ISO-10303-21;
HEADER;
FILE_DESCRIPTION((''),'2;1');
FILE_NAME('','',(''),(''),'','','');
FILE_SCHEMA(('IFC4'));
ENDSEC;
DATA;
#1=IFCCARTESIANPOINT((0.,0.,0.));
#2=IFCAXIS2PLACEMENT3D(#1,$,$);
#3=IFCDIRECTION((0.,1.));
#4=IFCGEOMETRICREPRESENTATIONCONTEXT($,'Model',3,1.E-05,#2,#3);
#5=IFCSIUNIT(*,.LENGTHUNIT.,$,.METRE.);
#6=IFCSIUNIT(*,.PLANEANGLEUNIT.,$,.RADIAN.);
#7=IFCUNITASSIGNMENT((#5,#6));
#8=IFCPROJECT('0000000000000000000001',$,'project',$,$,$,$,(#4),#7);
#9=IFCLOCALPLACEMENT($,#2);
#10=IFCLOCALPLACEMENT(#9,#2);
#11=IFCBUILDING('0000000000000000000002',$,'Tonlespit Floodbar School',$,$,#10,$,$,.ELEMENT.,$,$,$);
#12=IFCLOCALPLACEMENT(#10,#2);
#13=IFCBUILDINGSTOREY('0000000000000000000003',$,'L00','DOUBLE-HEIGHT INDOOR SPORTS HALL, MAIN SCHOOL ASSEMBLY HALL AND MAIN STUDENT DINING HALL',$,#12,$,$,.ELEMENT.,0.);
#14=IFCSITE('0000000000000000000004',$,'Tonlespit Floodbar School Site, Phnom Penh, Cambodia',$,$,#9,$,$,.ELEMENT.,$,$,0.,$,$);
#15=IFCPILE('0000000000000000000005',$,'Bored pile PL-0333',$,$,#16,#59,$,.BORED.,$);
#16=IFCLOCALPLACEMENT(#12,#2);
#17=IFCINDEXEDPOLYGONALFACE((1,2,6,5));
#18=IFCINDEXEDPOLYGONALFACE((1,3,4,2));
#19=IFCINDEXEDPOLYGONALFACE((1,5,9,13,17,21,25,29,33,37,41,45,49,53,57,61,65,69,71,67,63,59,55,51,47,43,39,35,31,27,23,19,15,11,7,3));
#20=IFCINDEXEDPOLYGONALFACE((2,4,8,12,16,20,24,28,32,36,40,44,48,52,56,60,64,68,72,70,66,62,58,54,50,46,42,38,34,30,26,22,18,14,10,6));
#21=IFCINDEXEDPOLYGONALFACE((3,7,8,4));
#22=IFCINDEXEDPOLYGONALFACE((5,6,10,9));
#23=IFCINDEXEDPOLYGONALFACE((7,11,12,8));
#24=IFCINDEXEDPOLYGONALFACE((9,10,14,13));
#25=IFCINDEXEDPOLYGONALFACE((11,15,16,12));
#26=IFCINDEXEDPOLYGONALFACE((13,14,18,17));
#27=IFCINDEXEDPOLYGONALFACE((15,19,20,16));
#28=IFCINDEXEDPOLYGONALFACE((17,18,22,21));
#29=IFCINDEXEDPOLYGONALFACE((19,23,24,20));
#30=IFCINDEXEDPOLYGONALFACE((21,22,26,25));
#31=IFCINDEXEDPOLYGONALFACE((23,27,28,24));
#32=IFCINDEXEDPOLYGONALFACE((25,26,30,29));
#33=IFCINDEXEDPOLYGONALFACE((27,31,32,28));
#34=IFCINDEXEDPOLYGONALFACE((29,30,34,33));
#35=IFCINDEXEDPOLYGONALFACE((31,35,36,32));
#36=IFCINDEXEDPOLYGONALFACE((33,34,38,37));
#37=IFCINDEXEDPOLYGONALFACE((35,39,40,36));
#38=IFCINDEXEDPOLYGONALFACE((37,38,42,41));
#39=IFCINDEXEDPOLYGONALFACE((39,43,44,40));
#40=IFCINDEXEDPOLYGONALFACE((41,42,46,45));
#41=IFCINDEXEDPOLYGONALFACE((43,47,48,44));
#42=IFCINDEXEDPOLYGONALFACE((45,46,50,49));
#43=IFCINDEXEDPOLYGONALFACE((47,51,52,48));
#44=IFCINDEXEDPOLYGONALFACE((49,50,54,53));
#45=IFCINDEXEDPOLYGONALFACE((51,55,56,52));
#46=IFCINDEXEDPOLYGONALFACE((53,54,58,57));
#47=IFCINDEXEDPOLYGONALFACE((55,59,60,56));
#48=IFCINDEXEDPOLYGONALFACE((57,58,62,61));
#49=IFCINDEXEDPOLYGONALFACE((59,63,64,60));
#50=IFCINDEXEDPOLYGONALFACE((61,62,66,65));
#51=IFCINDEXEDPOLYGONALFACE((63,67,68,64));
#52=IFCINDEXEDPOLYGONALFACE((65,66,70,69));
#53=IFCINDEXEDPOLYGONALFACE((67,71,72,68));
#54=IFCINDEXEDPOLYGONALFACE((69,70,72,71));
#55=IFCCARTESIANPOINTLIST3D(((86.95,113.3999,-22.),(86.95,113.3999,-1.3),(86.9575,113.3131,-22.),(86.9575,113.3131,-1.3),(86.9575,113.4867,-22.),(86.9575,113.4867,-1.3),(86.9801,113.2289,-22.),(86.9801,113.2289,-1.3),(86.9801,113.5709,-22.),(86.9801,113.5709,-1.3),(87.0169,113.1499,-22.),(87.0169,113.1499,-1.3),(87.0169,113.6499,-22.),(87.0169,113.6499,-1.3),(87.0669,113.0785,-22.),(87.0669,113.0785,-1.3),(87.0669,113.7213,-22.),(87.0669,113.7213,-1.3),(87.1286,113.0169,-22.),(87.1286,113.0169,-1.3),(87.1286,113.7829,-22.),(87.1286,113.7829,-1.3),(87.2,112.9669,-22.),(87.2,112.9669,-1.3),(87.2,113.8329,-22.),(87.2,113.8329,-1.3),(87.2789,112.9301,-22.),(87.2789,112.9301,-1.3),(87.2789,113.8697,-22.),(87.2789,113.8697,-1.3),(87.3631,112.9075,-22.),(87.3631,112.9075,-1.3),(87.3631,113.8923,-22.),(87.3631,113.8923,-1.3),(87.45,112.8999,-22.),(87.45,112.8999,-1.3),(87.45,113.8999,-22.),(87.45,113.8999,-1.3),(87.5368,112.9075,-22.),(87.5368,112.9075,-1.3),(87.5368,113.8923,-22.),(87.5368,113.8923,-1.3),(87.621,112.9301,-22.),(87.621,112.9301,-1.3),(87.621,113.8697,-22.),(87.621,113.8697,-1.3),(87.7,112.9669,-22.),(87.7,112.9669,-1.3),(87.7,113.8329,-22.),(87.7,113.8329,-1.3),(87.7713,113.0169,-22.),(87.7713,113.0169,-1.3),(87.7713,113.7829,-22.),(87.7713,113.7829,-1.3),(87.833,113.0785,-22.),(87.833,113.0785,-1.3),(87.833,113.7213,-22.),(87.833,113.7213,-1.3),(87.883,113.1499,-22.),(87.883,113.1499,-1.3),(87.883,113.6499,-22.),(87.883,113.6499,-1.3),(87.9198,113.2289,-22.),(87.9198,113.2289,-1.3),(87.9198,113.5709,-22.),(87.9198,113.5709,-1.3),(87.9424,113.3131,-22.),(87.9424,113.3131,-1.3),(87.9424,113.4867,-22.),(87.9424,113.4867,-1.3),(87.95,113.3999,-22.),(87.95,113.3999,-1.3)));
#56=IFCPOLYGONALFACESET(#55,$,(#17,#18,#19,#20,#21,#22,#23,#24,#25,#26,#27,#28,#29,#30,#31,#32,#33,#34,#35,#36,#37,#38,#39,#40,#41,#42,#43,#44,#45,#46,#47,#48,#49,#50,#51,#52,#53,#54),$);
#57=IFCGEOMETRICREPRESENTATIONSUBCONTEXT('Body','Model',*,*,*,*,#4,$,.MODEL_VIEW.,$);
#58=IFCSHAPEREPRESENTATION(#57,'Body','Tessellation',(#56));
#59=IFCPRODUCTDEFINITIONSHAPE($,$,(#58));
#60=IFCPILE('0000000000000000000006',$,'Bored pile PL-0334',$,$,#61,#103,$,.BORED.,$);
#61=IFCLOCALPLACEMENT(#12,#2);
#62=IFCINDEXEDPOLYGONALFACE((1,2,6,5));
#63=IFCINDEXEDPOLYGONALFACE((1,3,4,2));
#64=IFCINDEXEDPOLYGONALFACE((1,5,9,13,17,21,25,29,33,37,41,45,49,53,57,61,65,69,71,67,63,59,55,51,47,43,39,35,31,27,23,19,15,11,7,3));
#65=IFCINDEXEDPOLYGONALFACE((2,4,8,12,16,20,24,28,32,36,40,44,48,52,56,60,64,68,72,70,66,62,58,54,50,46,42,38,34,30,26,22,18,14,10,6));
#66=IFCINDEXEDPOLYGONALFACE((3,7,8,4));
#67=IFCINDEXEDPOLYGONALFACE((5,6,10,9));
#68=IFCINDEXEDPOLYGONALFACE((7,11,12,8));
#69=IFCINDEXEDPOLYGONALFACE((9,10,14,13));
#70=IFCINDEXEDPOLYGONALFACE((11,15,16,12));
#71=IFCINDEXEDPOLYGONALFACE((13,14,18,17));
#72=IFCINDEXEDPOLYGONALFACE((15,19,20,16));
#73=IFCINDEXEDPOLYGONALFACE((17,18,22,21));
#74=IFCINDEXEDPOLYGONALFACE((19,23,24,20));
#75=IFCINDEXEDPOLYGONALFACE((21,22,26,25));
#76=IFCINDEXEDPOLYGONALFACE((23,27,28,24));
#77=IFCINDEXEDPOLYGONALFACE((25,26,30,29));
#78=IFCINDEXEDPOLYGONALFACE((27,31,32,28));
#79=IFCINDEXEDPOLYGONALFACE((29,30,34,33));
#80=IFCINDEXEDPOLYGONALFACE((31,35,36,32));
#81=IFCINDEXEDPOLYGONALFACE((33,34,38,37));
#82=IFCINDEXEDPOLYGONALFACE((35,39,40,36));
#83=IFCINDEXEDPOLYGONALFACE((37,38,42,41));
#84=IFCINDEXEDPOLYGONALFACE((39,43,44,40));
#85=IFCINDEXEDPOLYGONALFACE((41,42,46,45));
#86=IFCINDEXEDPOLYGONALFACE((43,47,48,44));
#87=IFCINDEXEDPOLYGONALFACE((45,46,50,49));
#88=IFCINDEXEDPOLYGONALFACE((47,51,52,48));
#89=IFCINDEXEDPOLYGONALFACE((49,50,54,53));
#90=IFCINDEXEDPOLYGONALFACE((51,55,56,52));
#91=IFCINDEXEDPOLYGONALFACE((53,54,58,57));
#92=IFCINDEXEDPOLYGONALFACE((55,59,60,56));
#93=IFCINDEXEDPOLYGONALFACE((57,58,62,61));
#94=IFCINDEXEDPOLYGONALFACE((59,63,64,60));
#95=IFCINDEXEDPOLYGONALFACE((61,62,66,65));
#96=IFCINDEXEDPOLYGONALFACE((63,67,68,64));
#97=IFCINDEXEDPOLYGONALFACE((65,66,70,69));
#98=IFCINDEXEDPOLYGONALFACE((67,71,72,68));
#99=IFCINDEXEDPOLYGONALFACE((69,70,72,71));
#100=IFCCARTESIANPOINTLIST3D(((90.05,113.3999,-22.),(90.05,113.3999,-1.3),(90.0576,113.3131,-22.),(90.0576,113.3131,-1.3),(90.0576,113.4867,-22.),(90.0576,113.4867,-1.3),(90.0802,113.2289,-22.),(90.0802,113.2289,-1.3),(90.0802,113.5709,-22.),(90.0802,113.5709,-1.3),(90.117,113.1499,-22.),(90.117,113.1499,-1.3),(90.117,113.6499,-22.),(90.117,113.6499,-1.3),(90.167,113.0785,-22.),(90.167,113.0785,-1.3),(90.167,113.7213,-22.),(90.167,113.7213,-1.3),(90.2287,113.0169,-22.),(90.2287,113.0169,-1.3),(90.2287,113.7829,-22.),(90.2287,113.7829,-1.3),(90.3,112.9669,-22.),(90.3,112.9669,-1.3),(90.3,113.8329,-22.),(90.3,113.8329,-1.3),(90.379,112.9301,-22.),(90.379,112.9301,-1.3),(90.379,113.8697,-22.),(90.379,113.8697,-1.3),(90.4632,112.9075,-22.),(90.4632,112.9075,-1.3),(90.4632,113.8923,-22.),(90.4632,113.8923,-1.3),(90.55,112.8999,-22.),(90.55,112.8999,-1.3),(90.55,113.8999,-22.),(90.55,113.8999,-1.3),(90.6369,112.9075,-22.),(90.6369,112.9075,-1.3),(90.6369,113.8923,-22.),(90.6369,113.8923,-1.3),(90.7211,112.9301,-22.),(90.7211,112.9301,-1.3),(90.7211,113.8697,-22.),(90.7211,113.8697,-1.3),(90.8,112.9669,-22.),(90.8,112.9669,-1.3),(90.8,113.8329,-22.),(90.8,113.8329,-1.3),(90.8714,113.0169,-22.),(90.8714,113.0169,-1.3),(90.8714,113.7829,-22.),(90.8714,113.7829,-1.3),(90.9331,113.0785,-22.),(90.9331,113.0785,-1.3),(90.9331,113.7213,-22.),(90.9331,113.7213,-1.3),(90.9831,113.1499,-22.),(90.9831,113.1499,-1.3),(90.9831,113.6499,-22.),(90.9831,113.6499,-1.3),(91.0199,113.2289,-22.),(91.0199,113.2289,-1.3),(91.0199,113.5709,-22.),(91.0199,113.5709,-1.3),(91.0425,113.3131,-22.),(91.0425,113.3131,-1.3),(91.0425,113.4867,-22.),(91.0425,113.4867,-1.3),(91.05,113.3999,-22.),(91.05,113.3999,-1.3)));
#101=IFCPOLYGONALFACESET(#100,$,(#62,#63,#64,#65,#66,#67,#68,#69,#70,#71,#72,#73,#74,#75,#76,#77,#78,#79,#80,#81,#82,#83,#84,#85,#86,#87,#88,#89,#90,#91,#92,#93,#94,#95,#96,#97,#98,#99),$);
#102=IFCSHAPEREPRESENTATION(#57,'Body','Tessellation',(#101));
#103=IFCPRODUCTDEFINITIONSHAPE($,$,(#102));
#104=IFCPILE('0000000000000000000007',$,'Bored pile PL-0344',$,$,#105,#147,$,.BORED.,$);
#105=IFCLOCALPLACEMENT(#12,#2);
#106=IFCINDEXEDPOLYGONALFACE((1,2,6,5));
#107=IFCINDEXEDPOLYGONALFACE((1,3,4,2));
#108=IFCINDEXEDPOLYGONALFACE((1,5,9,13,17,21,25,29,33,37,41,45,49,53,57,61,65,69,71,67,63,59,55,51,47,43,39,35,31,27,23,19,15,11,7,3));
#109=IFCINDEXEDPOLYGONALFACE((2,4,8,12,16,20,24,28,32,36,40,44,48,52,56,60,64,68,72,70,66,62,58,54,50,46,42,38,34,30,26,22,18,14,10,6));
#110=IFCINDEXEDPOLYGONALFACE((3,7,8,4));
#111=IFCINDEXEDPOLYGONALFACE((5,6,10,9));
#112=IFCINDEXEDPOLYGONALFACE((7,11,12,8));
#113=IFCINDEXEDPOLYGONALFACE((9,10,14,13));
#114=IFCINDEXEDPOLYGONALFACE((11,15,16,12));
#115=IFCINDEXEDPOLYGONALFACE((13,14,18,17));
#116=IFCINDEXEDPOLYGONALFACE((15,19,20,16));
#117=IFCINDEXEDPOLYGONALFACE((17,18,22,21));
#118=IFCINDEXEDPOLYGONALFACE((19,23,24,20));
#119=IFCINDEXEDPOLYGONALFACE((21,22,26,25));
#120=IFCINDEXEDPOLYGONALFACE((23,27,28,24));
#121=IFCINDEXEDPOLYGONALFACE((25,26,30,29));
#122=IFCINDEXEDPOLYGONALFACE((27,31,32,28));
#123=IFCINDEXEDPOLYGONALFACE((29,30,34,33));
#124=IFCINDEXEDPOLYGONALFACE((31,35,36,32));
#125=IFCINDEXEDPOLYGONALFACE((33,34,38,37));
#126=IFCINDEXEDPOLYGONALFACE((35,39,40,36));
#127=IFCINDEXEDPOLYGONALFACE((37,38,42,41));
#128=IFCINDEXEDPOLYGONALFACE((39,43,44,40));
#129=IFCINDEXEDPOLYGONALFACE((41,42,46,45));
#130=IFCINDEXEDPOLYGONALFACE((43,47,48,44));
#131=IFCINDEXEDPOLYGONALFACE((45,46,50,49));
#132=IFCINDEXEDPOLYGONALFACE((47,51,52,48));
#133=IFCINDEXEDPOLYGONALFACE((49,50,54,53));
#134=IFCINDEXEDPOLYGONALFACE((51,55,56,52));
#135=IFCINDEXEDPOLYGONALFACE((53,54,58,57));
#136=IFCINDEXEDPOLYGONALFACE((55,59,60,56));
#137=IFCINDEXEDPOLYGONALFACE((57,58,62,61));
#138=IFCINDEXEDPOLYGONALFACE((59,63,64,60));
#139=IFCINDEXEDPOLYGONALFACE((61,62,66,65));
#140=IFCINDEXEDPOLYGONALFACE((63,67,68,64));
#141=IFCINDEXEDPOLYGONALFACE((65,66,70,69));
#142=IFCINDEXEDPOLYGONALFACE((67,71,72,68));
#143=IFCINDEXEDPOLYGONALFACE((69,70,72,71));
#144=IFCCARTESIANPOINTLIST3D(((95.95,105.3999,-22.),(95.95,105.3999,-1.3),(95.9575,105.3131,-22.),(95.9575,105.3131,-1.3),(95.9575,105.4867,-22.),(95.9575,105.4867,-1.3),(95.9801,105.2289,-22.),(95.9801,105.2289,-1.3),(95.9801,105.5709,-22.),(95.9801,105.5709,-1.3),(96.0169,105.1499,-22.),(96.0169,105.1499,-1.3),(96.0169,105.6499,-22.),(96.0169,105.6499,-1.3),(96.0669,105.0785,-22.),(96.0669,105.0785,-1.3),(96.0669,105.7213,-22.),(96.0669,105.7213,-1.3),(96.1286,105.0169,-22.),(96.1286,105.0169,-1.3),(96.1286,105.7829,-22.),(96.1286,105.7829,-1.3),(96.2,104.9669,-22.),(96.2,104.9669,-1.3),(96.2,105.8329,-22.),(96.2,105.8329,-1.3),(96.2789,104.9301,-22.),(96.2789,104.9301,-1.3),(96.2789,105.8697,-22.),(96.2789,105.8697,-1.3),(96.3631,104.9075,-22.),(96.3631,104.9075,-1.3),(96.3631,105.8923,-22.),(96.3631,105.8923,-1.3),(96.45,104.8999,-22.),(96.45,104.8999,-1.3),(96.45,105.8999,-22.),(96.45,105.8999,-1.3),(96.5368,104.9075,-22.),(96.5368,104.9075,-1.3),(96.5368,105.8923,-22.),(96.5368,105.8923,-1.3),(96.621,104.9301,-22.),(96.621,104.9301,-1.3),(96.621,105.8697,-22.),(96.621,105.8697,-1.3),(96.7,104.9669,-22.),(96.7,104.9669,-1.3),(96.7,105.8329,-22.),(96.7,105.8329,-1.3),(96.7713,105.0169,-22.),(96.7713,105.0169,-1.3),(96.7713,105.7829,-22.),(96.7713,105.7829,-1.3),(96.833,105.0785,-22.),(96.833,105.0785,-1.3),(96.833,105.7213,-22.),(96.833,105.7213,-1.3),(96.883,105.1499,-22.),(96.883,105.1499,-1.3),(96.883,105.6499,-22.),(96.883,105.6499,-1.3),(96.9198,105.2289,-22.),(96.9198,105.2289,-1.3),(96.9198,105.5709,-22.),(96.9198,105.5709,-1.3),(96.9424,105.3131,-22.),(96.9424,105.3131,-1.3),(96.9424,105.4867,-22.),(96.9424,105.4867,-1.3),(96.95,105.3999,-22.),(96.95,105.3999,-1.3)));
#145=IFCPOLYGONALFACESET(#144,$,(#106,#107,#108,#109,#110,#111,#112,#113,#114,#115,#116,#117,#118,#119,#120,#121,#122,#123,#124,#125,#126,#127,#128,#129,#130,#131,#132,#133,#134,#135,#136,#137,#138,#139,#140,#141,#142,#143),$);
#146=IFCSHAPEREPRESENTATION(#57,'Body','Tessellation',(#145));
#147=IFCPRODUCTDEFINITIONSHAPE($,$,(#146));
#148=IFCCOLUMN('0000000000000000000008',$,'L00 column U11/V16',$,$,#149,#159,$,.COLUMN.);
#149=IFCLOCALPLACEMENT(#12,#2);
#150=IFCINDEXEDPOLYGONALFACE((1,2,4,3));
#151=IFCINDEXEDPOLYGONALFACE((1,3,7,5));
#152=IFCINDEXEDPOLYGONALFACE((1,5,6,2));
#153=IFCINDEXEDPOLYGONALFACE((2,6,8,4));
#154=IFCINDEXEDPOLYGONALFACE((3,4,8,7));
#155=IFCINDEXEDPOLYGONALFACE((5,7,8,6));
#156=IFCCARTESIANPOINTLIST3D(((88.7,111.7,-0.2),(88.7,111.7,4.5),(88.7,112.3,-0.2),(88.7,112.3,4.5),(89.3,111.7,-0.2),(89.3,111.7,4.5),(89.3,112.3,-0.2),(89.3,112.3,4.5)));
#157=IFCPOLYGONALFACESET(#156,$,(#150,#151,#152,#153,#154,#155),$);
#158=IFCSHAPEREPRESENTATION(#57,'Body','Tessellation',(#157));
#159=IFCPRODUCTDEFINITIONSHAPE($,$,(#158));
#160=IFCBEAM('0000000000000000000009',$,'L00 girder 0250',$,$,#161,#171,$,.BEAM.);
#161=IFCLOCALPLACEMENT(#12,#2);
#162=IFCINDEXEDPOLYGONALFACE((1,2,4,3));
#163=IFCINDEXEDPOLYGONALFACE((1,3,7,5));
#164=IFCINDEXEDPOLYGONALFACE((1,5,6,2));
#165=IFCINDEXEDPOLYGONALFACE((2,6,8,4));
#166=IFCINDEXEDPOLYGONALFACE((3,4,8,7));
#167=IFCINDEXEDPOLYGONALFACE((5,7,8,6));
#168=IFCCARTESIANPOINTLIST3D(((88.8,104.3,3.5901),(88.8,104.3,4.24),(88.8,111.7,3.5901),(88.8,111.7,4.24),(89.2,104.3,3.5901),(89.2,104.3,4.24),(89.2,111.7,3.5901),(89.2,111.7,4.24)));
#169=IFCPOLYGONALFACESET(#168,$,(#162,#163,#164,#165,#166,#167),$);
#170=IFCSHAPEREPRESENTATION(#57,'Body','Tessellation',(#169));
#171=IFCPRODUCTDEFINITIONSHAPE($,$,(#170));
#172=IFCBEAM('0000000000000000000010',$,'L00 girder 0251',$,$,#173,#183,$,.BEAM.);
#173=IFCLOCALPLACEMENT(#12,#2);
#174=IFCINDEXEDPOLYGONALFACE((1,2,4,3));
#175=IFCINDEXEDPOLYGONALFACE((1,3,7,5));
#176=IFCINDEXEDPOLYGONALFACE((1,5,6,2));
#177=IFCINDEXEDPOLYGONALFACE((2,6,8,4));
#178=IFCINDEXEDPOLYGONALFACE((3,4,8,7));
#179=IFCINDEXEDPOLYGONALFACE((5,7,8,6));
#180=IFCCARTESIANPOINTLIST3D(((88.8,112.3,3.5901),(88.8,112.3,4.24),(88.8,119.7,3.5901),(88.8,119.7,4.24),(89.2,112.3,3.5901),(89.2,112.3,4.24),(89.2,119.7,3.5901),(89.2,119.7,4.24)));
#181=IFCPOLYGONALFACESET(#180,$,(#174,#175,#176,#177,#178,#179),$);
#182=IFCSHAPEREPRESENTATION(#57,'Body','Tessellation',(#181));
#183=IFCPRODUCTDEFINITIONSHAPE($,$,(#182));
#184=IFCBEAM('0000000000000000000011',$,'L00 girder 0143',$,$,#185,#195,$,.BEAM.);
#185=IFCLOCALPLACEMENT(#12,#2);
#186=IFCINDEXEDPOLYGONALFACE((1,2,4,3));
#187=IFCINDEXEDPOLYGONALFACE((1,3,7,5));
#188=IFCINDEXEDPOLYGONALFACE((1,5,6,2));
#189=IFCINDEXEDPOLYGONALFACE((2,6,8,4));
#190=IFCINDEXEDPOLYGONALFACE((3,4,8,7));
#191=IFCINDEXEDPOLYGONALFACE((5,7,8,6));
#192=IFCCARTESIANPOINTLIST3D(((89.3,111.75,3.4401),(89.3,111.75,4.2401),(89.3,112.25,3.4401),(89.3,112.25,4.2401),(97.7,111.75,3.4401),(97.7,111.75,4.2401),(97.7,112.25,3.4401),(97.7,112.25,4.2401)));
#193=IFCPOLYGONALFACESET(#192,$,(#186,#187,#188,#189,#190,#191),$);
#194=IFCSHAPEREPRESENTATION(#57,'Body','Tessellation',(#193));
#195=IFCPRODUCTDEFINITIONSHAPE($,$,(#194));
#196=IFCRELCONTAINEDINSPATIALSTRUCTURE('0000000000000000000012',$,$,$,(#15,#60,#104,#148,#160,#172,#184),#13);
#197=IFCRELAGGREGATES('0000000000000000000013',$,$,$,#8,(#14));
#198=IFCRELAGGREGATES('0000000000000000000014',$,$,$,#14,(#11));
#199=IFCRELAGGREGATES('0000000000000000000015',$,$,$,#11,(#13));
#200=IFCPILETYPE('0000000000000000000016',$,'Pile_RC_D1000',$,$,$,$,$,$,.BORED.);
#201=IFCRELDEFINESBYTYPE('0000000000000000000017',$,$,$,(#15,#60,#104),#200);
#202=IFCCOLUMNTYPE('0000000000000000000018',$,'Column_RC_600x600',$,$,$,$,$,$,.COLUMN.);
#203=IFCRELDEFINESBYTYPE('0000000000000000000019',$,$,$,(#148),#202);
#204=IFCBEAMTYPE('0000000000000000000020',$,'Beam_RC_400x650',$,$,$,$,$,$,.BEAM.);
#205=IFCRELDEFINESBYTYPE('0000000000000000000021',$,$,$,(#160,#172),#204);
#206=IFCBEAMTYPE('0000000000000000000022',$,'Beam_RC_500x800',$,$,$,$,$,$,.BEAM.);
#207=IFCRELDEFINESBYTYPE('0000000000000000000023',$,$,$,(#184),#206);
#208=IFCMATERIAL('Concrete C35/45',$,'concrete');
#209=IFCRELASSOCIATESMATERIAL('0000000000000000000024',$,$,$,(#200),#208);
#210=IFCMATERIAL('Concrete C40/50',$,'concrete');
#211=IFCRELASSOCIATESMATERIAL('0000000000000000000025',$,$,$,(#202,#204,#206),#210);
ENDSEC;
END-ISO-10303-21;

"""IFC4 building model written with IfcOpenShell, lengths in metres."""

from ifc_helpers import new_model, si_unit, direction, frame, origin, origin_2d, place, context, subcontext, project, spatial, rectangle, circle, extrude, material, material_profile, profile_set, type_object, element, save


model = new_model("IFC4")

# Units and contexts
model_context = context("Model", 3, precision=1e-05, world=origin(), true_north=direction((0.0, 1.0)))
body_context = subcontext(model_context, "Body", "Model", "MODEL_VIEW")
ifc_project = project(units=[si_unit("LENGTHUNIT", "METRE"), si_unit("PLANEANGLEUNIT", "RADIAN")], contexts=[model_context])

# Site, building, storey
site_placement = place(None, origin())
site = spatial("IfcSite", under=ifc_project, at=site_placement, Name="Tonlespit Floodbar School Site, Phnom Penh, Cambodia", CompositionType="ELEMENT", RefElevation=0.0)
building_placement = place(site_placement, origin())
building = spatial("IfcBuilding", under=site, at=building_placement, Name="Tonlespit Floodbar School", CompositionType="ELEMENT")
storey_placement = place(building_placement, origin())
storey = spatial("IfcBuildingStorey", under=building, at=storey_placement, Name="L00", Description="DOUBLE-HEIGHT INDOOR SPORTS HALL, MAIN SCHOOL ASSEMBLY HALL AND MAIN STUDENT DINING HALL", CompositionType="ELEMENT", Elevation=0.0)

# Shared definitions
ifc_material_1 = material(Name="Concrete C40/50", Category="concrete")

# Piles
ifc_material_2 = material(Name="Concrete C35/45", Category="concrete")
ifc_material_profile_1 = material_profile(ifc_material_2, circle(Radius=0.5, at=origin_2d()), Name="BP D1000")
ifc_profile_set_1 = profile_set([ifc_material_profile_1], Name="Concrete C35/45")
pile_type = type_object("IfcPileType", Name="Pile_RC_D1000", PredefinedType="BORED", material=ifc_profile_set_1)
for number, where, z_axis, x_axis, name in (
    (1, (87.45, 113.3999, -1.3), (0.0, 0.0, -1.0), (1.0, 0.0, 0.0), "Bored pile PL-0333"),
    (2, (90.55, 113.3999, -1.3), (0.0, 0.0, -1.0), (1.0, 0.0, 0.0), "Bored pile PL-0334"),
    (3, (96.45, 105.3999, -1.3), (0.0, 0.0, -1.0), (1.0, 0.0, 0.0), "Bored pile PL-0344"),
):
    element("IfcPile", number, at=place(storey_placement, frame(where, z_axis=z_axis, x_axis=x_axis)), inside=storey, type_object=pile_type, Name=name, PredefinedType="BORED", context=body_context, shape_type="SweptSolid", body=[
        extrude(circle(Radius=0.5, at=origin_2d()), origin(), (0.0, 0.0, 1.0), 20.7),
    ])

# Column
ifc_material_profile_2 = material_profile(ifc_material_1, rectangle(XDim=0.6001, YDim=0.6001, at=origin_2d()), Name="RC 600x600")
ifc_profile_set_2 = profile_set([ifc_material_profile_2], Name="Concrete C40/50")
column_type = type_object("IfcColumnType", Name="Column_RC_600x600", PredefinedType="COLUMN", material=ifc_profile_set_2)
column_placement = place(storey_placement, frame((89.0, 112.0, -0.2), z_axis=(0.0, 0.0, 1.0), x_axis=(1.0, 0.0, 0.0)))
element("IfcColumn", 4, at=column_placement, inside=storey, type_object=column_type, Name="L00 column U11/V16", PredefinedType="COLUMN", context=body_context, shape_type="SweptSolid", body=[
    extrude(rectangle(XDim=0.6001, YDim=0.6001, at=origin_2d()), origin(), (0.0, 0.0, 1.0), 4.7),
])

# Beams
ifc_material_profile_3 = material_profile(ifc_material_1, rectangle(XDim=0.3999, YDim=0.6499, at=origin_2d()), Name="RC 400x650")
ifc_profile_set_3 = profile_set([ifc_material_profile_3], Name="Concrete C40/50")
beam_type_1 = type_object("IfcBeamType", Name="Beam_RC_400x650", PredefinedType="BEAM", material=ifc_profile_set_3)
for number, where, z_axis, x_axis, name in (
    (5, (89.0, 104.3, 3.915), (0.0, 1.0, 0.0), (-1.0, 0.0, 0.0), "L00 girder 0250"),
    (6, (89.0, 112.3, 3.915), (0.0, 1.0, 0.0), (-1.0, 0.0, 0.0), "L00 girder 0251"),
):
    element("IfcBeam", number, at=place(storey_placement, frame(where, z_axis=z_axis, x_axis=x_axis)), inside=storey, type_object=beam_type_1, Name=name, PredefinedType="BEAM", context=body_context, shape_type="SweptSolid", body=[
        extrude(rectangle(XDim=0.3999, YDim=0.6499, at=origin_2d()), origin(), (0.0, 0.0, 1.0), 7.3999),
    ])
ifc_material_profile_4 = material_profile(ifc_material_1, rectangle(XDim=0.5, YDim=0.8, at=origin_2d()), Name="RC 500x800")
ifc_profile_set_4 = profile_set([ifc_material_profile_4], Name="Concrete C40/50")
beam_type_2 = type_object("IfcBeamType", Name="Beam_RC_500x800", PredefinedType="BEAM", material=ifc_profile_set_4)
beam_placement = place(storey_placement, frame((89.3, 112.0, 3.8401), z_axis=(1.0, 0.0, 0.0), x_axis=(0.0, 1.0, 0.0)))
element("IfcBeam", 7, at=beam_placement, inside=storey, type_object=beam_type_2, Name="L00 girder 0143", PredefinedType="BEAM", context=body_context, shape_type="SweptSolid", body=[
    extrude(rectangle(XDim=0.5, YDim=0.8, at=origin_2d()), origin(), (0.0, 0.0, 1.0), 8.3999),
])

save(model, "model.ifc")
